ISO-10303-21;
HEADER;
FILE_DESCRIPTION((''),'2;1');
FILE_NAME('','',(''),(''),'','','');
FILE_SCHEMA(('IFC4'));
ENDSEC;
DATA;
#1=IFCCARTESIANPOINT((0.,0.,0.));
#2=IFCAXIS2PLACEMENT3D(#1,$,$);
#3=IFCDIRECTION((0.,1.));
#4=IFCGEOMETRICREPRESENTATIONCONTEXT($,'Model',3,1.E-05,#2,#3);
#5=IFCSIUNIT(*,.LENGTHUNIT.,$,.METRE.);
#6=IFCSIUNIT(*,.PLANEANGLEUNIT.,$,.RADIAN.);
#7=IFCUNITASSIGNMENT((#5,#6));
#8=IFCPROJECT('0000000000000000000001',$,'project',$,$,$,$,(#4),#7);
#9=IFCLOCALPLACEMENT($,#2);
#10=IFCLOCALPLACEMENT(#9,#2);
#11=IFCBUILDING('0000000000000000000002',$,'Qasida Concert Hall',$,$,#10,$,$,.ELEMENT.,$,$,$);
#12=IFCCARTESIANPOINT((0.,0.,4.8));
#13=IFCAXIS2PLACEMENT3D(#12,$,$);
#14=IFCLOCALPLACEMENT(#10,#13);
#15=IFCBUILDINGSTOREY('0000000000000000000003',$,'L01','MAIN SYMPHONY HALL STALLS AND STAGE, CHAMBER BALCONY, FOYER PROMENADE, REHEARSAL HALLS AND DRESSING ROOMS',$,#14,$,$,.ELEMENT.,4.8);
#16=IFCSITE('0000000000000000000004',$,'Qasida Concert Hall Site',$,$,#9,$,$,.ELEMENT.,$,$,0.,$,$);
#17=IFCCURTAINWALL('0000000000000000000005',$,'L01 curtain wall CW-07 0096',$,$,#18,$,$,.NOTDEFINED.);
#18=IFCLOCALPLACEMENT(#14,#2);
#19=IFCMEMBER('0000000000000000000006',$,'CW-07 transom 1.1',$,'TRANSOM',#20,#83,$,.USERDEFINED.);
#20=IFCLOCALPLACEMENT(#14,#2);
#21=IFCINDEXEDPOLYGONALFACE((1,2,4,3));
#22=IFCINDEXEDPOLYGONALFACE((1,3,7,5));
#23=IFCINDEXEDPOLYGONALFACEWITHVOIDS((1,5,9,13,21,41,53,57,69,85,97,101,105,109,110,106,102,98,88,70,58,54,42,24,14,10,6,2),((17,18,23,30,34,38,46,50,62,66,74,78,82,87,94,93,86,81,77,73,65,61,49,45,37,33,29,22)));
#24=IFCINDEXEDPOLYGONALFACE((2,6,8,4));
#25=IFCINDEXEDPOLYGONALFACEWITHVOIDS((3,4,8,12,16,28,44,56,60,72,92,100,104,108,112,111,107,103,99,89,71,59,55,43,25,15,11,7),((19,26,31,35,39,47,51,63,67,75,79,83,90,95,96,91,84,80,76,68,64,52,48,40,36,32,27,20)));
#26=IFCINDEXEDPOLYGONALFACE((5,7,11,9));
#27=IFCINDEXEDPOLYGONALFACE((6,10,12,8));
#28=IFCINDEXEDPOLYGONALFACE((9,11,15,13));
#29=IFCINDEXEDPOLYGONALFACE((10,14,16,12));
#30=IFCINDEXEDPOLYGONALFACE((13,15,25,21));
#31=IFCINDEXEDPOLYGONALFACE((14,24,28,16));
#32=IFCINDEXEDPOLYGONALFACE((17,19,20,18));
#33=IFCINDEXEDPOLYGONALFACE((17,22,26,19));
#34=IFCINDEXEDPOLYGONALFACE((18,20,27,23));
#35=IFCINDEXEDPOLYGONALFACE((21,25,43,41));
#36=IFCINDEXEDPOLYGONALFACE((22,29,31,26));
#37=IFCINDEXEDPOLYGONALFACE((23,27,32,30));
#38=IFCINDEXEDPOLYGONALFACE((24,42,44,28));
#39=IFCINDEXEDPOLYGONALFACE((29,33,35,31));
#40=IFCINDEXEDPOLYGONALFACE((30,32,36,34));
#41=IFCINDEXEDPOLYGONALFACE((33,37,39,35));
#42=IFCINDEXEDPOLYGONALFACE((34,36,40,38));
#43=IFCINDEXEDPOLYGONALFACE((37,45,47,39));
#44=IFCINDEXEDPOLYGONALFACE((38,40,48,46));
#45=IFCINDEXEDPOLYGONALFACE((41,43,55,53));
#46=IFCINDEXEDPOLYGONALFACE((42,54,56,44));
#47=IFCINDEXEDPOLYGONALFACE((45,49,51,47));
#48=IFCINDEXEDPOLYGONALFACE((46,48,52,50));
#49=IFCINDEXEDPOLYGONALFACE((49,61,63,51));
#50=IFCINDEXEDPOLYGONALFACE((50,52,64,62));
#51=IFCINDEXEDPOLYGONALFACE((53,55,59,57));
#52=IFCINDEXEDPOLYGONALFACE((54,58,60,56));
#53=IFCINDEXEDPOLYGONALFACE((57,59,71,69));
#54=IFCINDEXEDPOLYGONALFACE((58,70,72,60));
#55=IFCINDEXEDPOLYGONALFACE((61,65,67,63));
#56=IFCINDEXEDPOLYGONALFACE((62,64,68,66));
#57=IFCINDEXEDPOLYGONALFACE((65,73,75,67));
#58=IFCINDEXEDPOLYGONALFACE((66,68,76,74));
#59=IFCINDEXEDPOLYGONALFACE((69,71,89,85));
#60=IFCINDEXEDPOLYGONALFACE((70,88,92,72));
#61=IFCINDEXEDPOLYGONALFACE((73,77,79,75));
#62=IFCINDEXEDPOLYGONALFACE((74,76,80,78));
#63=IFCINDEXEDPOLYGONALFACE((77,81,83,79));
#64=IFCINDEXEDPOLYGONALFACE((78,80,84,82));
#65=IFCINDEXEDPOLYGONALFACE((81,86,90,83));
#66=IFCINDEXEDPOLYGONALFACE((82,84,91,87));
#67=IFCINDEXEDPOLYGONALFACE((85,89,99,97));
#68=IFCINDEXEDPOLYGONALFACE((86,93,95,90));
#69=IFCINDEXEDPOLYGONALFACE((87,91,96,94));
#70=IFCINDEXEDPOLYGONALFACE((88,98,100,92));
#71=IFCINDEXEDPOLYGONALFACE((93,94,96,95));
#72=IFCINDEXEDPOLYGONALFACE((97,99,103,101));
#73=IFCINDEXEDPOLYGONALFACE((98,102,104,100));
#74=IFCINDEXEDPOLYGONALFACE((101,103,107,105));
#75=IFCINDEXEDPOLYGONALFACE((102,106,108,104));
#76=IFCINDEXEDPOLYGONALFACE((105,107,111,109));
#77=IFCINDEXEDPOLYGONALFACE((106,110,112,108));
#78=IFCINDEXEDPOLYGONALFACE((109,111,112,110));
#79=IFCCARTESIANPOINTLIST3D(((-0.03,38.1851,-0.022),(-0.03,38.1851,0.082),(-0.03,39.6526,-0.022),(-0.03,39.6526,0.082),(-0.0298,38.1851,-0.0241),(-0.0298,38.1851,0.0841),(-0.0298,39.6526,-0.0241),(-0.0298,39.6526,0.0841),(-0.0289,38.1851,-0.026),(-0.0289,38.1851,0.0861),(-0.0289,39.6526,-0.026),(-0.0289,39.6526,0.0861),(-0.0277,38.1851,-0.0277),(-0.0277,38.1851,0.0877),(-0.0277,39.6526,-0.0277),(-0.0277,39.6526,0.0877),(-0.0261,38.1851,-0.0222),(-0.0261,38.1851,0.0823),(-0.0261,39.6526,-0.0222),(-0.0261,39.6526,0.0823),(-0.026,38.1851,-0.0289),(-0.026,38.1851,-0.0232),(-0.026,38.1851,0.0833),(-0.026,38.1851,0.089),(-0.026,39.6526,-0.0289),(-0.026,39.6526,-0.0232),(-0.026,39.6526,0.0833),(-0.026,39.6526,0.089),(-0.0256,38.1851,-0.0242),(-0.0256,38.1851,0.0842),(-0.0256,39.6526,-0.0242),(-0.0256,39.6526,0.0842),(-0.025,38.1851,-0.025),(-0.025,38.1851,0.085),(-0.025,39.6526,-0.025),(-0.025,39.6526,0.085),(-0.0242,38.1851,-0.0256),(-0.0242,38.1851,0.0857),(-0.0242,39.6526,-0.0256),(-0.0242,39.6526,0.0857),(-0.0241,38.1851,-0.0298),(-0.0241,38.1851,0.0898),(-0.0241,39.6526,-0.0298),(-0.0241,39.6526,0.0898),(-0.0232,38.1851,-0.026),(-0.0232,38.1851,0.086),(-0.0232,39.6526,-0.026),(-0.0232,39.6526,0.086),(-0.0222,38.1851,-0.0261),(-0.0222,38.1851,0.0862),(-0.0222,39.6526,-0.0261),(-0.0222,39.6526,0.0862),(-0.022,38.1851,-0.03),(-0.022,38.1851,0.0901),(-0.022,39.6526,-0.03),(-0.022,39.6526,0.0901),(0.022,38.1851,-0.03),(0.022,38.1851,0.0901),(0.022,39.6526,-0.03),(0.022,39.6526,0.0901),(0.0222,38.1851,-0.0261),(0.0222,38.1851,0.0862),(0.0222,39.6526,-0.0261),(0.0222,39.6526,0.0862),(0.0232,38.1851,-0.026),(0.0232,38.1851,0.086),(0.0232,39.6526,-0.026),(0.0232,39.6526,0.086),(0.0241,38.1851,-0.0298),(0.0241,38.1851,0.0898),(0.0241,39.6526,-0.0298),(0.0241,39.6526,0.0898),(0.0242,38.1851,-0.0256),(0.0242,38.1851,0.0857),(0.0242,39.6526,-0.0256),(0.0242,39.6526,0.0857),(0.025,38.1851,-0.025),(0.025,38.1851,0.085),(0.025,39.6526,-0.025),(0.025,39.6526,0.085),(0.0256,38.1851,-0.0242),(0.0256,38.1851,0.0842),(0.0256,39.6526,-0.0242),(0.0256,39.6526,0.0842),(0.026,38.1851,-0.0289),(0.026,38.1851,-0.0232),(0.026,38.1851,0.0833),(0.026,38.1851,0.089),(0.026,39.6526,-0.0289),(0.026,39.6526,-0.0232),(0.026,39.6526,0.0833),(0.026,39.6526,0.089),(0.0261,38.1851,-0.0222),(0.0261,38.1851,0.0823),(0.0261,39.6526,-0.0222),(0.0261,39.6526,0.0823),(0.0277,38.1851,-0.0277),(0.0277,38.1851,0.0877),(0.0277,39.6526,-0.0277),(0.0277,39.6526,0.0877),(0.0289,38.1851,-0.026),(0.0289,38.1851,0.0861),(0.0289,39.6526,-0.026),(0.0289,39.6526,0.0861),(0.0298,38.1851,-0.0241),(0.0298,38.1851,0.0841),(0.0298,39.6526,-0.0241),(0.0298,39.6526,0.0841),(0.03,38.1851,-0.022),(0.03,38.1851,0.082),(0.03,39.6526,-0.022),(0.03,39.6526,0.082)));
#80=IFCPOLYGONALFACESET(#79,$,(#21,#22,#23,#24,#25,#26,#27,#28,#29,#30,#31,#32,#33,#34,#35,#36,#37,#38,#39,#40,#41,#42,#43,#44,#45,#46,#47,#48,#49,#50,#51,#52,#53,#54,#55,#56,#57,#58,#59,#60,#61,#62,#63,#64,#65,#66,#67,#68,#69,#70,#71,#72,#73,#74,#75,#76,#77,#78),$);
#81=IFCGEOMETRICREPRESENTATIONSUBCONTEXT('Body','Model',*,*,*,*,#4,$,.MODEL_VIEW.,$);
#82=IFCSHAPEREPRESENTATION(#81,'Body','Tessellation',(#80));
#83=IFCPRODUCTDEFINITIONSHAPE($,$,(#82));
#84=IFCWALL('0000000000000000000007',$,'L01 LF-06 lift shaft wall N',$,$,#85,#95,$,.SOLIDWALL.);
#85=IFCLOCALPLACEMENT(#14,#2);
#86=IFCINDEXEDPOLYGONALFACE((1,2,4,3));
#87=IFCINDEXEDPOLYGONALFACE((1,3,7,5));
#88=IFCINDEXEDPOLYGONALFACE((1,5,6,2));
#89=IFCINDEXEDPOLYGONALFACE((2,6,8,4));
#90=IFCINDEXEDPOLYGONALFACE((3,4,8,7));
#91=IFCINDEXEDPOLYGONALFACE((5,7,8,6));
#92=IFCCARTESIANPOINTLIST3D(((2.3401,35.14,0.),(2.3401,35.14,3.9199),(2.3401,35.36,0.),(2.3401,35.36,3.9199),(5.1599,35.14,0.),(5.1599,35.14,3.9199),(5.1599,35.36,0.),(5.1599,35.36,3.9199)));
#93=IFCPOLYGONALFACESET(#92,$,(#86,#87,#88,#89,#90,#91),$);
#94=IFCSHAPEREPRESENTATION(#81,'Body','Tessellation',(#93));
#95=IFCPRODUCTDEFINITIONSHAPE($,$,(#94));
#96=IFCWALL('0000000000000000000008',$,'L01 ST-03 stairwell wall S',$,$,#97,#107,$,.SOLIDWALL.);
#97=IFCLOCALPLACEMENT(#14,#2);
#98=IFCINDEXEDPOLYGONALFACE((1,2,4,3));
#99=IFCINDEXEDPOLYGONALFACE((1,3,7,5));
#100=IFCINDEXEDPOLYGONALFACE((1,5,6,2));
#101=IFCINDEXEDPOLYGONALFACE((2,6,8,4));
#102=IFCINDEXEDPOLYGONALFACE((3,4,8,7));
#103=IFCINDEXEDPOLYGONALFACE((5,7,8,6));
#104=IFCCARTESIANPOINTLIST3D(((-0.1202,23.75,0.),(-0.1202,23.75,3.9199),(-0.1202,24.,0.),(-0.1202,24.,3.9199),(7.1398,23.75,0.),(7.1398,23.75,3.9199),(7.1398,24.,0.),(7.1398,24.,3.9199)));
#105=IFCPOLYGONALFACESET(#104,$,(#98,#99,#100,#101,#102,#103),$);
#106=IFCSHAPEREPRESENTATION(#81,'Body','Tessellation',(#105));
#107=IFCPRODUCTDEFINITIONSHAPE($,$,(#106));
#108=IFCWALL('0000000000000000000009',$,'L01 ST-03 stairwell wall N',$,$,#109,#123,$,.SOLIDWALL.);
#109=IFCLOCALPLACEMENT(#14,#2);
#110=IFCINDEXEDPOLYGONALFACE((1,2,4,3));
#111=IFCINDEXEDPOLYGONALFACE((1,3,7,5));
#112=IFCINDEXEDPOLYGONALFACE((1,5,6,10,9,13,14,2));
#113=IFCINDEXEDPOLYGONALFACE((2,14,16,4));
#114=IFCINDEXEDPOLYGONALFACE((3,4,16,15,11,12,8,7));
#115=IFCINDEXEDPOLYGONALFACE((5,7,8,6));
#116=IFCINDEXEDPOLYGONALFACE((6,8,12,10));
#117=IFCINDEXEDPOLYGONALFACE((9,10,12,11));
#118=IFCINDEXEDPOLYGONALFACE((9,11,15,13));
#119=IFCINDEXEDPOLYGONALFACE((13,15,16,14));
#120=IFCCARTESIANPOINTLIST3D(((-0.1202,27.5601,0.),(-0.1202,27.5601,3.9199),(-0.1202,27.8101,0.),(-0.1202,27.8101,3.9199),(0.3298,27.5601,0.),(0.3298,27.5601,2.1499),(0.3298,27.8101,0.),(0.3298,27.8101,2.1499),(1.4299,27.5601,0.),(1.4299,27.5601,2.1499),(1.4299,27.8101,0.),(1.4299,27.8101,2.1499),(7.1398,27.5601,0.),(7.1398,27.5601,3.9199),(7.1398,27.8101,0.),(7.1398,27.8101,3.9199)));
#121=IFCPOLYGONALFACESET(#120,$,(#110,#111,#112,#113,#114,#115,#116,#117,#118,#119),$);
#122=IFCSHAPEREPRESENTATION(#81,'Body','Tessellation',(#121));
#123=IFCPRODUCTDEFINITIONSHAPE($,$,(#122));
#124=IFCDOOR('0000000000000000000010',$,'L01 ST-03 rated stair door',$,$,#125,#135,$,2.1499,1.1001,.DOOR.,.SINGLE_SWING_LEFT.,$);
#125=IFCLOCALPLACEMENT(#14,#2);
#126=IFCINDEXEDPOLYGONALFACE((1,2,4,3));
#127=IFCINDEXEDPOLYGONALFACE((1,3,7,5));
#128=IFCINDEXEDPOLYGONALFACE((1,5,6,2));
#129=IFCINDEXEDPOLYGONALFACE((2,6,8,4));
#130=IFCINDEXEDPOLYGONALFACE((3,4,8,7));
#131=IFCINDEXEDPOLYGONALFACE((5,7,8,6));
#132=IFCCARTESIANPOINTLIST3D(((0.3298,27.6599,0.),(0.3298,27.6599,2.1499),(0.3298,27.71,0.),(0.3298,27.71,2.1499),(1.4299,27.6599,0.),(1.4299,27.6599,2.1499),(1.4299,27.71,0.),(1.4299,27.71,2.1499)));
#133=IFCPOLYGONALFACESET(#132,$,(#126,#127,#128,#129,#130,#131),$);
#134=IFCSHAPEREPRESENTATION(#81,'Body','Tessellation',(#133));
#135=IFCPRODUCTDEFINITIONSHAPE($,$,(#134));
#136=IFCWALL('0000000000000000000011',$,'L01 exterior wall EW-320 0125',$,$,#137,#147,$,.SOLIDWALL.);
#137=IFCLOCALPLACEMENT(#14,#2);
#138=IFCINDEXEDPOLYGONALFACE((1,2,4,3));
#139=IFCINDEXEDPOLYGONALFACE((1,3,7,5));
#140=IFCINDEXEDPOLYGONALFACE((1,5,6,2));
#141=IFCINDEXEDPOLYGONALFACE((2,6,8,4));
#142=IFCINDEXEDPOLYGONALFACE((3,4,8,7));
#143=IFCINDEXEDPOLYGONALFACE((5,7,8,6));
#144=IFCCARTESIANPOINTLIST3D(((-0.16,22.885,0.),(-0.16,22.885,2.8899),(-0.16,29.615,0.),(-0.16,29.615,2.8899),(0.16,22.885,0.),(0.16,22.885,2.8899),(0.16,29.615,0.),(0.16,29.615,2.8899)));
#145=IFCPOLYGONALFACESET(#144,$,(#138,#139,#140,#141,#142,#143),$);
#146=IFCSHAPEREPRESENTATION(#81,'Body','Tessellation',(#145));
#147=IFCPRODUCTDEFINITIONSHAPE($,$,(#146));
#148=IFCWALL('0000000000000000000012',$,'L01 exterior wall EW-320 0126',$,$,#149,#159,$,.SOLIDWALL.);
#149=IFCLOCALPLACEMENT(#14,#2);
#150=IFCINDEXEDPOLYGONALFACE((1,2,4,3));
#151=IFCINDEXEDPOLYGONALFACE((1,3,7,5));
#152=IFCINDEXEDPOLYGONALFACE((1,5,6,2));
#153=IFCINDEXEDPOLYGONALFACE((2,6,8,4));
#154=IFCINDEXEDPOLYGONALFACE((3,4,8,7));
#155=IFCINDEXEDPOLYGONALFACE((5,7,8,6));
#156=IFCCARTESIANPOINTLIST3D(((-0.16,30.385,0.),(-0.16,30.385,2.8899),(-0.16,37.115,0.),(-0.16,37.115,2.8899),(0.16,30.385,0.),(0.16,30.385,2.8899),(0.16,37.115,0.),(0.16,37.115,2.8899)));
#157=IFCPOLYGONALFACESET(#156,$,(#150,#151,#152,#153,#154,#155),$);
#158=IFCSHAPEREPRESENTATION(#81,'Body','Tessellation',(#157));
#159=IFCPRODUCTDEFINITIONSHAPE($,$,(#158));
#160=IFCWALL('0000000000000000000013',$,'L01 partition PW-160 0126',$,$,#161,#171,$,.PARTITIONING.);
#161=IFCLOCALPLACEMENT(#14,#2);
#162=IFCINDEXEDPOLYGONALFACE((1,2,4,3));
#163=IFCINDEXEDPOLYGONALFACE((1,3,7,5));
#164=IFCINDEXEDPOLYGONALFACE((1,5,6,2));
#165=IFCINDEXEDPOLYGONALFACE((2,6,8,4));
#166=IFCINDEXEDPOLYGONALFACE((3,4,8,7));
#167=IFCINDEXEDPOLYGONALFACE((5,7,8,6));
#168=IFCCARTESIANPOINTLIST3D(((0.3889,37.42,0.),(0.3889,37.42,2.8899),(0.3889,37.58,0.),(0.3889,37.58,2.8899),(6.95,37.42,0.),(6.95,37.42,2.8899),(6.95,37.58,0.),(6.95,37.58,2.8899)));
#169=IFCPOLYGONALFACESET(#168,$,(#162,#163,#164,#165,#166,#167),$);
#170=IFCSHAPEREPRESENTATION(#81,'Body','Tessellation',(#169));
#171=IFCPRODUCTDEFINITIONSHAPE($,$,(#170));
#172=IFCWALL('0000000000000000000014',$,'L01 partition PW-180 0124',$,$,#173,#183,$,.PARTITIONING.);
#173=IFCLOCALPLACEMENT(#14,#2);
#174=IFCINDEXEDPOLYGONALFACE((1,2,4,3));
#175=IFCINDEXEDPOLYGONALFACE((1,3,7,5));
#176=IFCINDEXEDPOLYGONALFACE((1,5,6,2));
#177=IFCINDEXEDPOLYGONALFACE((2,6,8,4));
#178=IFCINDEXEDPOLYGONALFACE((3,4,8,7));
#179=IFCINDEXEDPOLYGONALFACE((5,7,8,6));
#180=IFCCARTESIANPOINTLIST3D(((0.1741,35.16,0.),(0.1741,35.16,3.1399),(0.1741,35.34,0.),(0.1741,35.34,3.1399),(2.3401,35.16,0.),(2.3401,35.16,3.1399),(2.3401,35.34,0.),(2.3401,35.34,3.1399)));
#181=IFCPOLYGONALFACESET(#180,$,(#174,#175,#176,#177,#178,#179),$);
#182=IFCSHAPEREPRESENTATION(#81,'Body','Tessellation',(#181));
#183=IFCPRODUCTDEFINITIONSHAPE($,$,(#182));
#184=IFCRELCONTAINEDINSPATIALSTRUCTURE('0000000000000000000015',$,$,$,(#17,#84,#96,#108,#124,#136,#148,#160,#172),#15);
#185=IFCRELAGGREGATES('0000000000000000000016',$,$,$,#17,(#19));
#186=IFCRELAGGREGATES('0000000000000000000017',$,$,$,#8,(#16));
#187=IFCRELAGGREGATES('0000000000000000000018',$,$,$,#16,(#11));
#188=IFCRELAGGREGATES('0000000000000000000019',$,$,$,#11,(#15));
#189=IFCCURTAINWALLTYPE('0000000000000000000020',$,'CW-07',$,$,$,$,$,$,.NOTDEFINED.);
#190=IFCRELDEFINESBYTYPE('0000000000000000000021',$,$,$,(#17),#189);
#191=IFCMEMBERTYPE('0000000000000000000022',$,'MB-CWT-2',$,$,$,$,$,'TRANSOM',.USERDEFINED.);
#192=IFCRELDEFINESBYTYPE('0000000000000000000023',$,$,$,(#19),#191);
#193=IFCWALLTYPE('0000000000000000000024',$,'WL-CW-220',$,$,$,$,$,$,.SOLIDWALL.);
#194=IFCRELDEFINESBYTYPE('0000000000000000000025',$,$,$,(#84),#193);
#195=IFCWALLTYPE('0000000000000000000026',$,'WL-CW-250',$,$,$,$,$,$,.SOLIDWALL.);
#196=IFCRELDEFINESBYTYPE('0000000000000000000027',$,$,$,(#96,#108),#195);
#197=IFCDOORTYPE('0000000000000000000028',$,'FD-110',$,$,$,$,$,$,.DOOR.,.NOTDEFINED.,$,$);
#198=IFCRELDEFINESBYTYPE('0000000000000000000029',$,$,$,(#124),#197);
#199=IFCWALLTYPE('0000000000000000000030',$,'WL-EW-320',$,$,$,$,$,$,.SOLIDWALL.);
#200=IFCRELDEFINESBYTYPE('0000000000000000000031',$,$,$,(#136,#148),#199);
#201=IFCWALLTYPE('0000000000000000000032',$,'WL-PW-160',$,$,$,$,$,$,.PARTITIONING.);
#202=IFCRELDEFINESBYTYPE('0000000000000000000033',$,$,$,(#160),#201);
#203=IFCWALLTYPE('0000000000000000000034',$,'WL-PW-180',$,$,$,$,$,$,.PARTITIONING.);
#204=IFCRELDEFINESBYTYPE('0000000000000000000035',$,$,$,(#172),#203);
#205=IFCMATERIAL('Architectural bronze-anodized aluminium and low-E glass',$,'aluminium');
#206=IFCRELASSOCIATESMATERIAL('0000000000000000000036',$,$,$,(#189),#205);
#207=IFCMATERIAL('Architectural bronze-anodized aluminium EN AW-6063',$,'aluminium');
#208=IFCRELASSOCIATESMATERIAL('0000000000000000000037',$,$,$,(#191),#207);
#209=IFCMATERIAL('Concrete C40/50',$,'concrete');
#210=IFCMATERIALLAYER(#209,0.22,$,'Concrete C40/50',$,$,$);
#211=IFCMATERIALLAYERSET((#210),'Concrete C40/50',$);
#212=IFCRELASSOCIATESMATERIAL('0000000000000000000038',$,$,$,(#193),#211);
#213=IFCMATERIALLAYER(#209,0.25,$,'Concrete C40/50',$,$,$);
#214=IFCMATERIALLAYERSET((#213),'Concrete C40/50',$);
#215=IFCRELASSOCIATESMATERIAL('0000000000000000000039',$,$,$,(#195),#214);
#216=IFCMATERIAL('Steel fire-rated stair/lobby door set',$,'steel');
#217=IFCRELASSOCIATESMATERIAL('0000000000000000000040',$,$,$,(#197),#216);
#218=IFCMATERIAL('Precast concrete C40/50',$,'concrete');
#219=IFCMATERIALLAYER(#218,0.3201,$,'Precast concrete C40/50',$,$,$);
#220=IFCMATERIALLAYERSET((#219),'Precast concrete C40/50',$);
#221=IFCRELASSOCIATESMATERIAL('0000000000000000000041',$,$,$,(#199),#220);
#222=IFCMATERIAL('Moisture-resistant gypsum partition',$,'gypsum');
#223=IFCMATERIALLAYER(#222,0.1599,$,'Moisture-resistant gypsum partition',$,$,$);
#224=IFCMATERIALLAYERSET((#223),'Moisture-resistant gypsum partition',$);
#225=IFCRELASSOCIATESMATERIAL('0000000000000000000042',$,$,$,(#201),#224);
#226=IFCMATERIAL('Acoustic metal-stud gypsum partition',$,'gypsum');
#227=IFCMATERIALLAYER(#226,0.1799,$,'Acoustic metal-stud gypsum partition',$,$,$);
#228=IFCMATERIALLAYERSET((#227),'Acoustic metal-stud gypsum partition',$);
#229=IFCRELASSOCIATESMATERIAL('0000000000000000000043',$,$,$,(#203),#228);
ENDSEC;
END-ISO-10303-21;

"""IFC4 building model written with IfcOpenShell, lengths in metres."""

from ifc_helpers import new_model, si_unit, direction, frame, frame_2d, origin, origin_2d, place, context, subcontext, project, spatial, rectangle, hollow_rectangle, extrude, material, layer, layer_set, material_profile, profile_set, type_object, element, fill, aggregate, save


model = new_model("IFC4")

# Units and contexts
model_context = context("Model", 3, precision=1e-05, world=origin(), true_north=direction((0.0, 1.0)))
body_context = subcontext(model_context, "Body", "Model", "MODEL_VIEW")
ifc_project = project(units=[si_unit("LENGTHUNIT", "METRE"), si_unit("PLANEANGLEUNIT", "RADIAN")], contexts=[model_context])

# Site, building, storey
site_placement = place(None, origin())
site = spatial("IfcSite", under=ifc_project, at=site_placement, Name="Qasida Concert Hall Site", CompositionType="ELEMENT", RefElevation=0.0)
building_placement = place(site_placement, origin())
building = spatial("IfcBuilding", under=site, at=building_placement, Name="Qasida Concert Hall", CompositionType="ELEMENT")
storey_placement = place(building_placement, frame((0.0, 0.0, 4.8)))
storey = spatial("IfcBuildingStorey", under=building, at=storey_placement, Name="L01", Description="MAIN SYMPHONY HALL STALLS AND STAGE, CHAMBER BALCONY, FOYER PROMENADE, REHEARSAL HALLS AND DRESSING ROOMS", CompositionType="ELEMENT", Elevation=4.8)

# Shared definitions
ifc_material_1 = material(Name="Concrete C40/50", Category="concrete")

# Curtain wall, member
ifc_material_2 = material(Name="Architectural bronze-anodized aluminium and low-E glass", Category="aluminium")
curtain_wall_type = type_object("IfcCurtainWallType", Name="CW-07", PredefinedType="NOTDEFINED", material=ifc_material_2)
curtain_wall_placement = place(storey_placement, origin())
curtain_wall = element("IfcCurtainWall", 1, at=curtain_wall_placement, inside=storey, type_object=curtain_wall_type, Name="L01 curtain wall CW-07 0096", PredefinedType="NOTDEFINED")
ifc_material_3 = material(Name="Architectural bronze-anodized aluminium EN AW-6063", Category="aluminium")
ifc_material_profile_1 = material_profile(ifc_material_3, hollow_rectangle(XDim=0.0601, YDim=0.1201, WallThickness=0.0039, InnerFilletRadius=0.0039, OuterFilletRadius=0.0081, at=origin_2d()), Name="CWT 120x60x4")
ifc_profile_set_1 = profile_set([ifc_material_profile_1], Name="Architectural bronze-anodized aluminium EN AW-6063")
member_type_1 = type_object("IfcMemberType", Name="MB-CWT-2", ElementType="TRANSOM", PredefinedType="USERDEFINED", material=ifc_profile_set_1)
member_1_placement = place(storey_placement, frame((0.0, 38.1851, 0.03), z_axis=(0.0, 1.0, 0.0), x_axis=(-1.0, 0.0, 0.0)))
member_1 = element("IfcMember", 2, at=member_1_placement, type_object=member_type_1, Name="CW-07 transom 1.1", ObjectType="TRANSOM", PredefinedType="USERDEFINED", context=body_context, shape_type="SweptSolid", body=[
    extrude(hollow_rectangle(XDim=0.0601, YDim=0.1201, WallThickness=0.0039, InnerFilletRadius=0.0039, OuterFilletRadius=0.0081, at=origin_2d()), origin(), (0.0, 0.0, 1.0), 1.4675),
])
aggregate(curtain_wall, [member_1])

# Shared definitions
ifc_layer_1 = layer(ifc_material_1, 0.22, Name="Concrete C40/50")
ifc_layer_set_1 = layer_set([ifc_layer_1], Name="Concrete C40/50")
wall_type_1 = type_object("IfcWallType", Name="WL-CW-220", PredefinedType="SOLIDWALL", material=ifc_layer_set_1)

# Walls
wall_1_placement = place(storey_placement, frame((2.3401, 35.25, 0.0), z_axis=(0.0, 0.0, 1.0), x_axis=(1.0, 0.0, 0.0)))
element("IfcWall", 3, at=wall_1_placement, inside=storey, type_object=wall_type_1, Name="L01 LF-06 lift shaft wall N", PredefinedType="SOLIDWALL", context=body_context, shape_type="SweptSolid", body=[
    extrude(rectangle(XDim=2.8198, YDim=0.22, at=frame_2d((1.4099, 0.0))), origin(), (0.0, 0.0, 1.0), 3.9199),
])
ifc_layer_2 = layer(ifc_material_1, 0.25, Name="Concrete C40/50")
ifc_layer_set_2 = layer_set([ifc_layer_2], Name="Concrete C40/50")
wall_type_2 = type_object("IfcWallType", Name="WL-CW-250", PredefinedType="SOLIDWALL", material=ifc_layer_set_2)
wall_2_placement = place(storey_placement, frame((-0.1201, 23.875, 0.0), z_axis=(0.0, 0.0, 1.0), x_axis=(1.0, 0.0, 0.0)))
element("IfcWall", 4, at=wall_2_placement, inside=storey, type_object=wall_type_2, Name="L01 ST-03 stairwell wall S", PredefinedType="SOLIDWALL", context=body_context, shape_type="SweptSolid", body=[
    extrude(rectangle(XDim=7.26, YDim=0.25, at=frame_2d((3.6299, 0.0))), origin(), (0.0, 0.0, 1.0), 3.9199),
])

# Wall, opening, door
wall_3_placement = place(storey_placement, frame((-0.1201, 27.6851, 0.0), z_axis=(0.0, 0.0, 1.0), x_axis=(1.0, 0.0, 0.0)))
wall_3 = element("IfcWall", 5, at=wall_3_placement, inside=storey, type_object=wall_type_2, Name="L01 ST-03 stairwell wall N", PredefinedType="SOLIDWALL", context=body_context, shape_type="SweptSolid", body=[
    extrude(rectangle(XDim=7.26, YDim=0.25, at=frame_2d((3.6299, 0.0))), origin(), (0.0, 0.0, 1.0), 3.9199),
])
opening_1_placement = place(wall_3_placement, frame((0.45, 0.0, 0.0)))
opening_1 = element("IfcOpeningElement", 6, at=opening_1_placement, cuts=wall_3, PredefinedType="OPENING", context=body_context, shape_type="SweptSolid", body=[
    extrude(rectangle(XDim=1.1001, YDim=2.1499, at=frame_2d((0.55, 1.075))), frame((0.0, 0.135, 0.0), z_axis=(0.0, -1.0, 0.0), x_axis=(1.0, 0.0, 0.0)), (0.0, 0.0, 1.0), 0.27),
])
ifc_material_4 = material(Name="Steel fire-rated stair/lobby door set", Category="steel")
door_type_1 = type_object("IfcDoorType", Name="FD-110", OperationType="NOTDEFINED", PredefinedType="DOOR", material=ifc_material_4)
door_1_placement = place(opening_1_placement, origin())
door_1 = element("IfcDoor", 7, at=door_1_placement, inside=storey, type_object=door_type_1, Name="L01 ST-03 rated stair door", OperationType="SINGLE_SWING_LEFT", OverallHeight=2.1499, OverallWidth=1.1001, PredefinedType="DOOR", context=body_context, shape_type="SweptSolid", body=[
    extrude(rectangle(XDim=1.1001, YDim=2.1499, at=frame_2d((0.55, 1.075))), frame((0.0, 0.0249, 0.0), z_axis=(0.0, -1.0, 0.0), x_axis=(1.0, 0.0, 0.0)), (0.0, 0.0, 1.0), 0.05),
])
fill(opening_1, door_1)

# Walls
ifc_material_5 = material(Name="Precast concrete C40/50", Category="concrete")
ifc_layer_3 = layer(ifc_material_5, 0.3201, Name="Precast concrete C40/50")
ifc_layer_set_3 = layer_set([ifc_layer_3], Name="Precast concrete C40/50")
wall_type_3 = type_object("IfcWallType", Name="WL-EW-320", PredefinedType="SOLIDWALL", material=ifc_layer_set_3)
for number, where, z_axis, x_axis, name in (
    (8, (0.0, 22.885, 0.0), (0.0, 0.0, 1.0), (0.0, 1.0, 0.0), "L01 exterior wall EW-320 0125"),
    (9, (0.0, 30.385, 0.0), (0.0, 0.0, 1.0), (0.0, 1.0, 0.0), "L01 exterior wall EW-320 0126"),
):
    element("IfcWall", number, at=place(storey_placement, frame(where, z_axis=z_axis, x_axis=x_axis)), inside=storey, type_object=wall_type_3, Name=name, PredefinedType="SOLIDWALL", context=body_context, shape_type="SweptSolid", body=[
        extrude(rectangle(XDim=6.73, YDim=0.3201, at=frame_2d((3.365, 0.0))), origin(), (0.0, 0.0, 1.0), 2.8899),
    ])
ifc_material_6 = material(Name="Moisture-resistant gypsum partition", Category="gypsum")
ifc_layer_4 = layer(ifc_material_6, 0.1599, Name="Moisture-resistant gypsum partition")
ifc_layer_set_4 = layer_set([ifc_layer_4], Name="Moisture-resistant gypsum partition")
wall_type_4 = type_object("IfcWallType", Name="WL-PW-160", PredefinedType="PARTITIONING", material=ifc_layer_set_4)
wall_4_placement = place(storey_placement, frame((0.3889, 37.5, 0.0), z_axis=(0.0, 0.0, 1.0), x_axis=(1.0, 0.0, 0.0)))
element("IfcWall", 10, at=wall_4_placement, inside=storey, type_object=wall_type_4, Name="L01 partition PW-160 0126", PredefinedType="PARTITIONING", context=body_context, shape_type="SweptSolid", body=[
    extrude(rectangle(XDim=6.561, YDim=0.1599, at=frame_2d((3.2805, 0.0))), origin(), (0.0, 0.0, 1.0), 2.8899),
])
ifc_material_7 = material(Name="Acoustic metal-stud gypsum partition", Category="gypsum")
ifc_layer_5 = layer(ifc_material_7, 0.1799, Name="Acoustic metal-stud gypsum partition")
ifc_layer_set_5 = layer_set([ifc_layer_5], Name="Acoustic metal-stud gypsum partition")
wall_type_5 = type_object("IfcWallType", Name="WL-PW-180", PredefinedType="PARTITIONING", material=ifc_layer_set_5)
wall_5_placement = place(storey_placement, frame((0.1741, 35.25, 0.0), z_axis=(0.0, 0.0, 1.0), x_axis=(1.0, 0.0, 0.0)))
element("IfcWall", 11, at=wall_5_placement, inside=storey, type_object=wall_type_5, Name="L01 partition PW-180 0124", PredefinedType="PARTITIONING", context=body_context, shape_type="SweptSolid", body=[
    extrude(rectangle(XDim=2.166, YDim=0.1799, at=frame_2d((1.083, 0.0))), origin(), (0.0, 0.0, 1.0), 3.1399),
])

save(model, "model.ifc")
